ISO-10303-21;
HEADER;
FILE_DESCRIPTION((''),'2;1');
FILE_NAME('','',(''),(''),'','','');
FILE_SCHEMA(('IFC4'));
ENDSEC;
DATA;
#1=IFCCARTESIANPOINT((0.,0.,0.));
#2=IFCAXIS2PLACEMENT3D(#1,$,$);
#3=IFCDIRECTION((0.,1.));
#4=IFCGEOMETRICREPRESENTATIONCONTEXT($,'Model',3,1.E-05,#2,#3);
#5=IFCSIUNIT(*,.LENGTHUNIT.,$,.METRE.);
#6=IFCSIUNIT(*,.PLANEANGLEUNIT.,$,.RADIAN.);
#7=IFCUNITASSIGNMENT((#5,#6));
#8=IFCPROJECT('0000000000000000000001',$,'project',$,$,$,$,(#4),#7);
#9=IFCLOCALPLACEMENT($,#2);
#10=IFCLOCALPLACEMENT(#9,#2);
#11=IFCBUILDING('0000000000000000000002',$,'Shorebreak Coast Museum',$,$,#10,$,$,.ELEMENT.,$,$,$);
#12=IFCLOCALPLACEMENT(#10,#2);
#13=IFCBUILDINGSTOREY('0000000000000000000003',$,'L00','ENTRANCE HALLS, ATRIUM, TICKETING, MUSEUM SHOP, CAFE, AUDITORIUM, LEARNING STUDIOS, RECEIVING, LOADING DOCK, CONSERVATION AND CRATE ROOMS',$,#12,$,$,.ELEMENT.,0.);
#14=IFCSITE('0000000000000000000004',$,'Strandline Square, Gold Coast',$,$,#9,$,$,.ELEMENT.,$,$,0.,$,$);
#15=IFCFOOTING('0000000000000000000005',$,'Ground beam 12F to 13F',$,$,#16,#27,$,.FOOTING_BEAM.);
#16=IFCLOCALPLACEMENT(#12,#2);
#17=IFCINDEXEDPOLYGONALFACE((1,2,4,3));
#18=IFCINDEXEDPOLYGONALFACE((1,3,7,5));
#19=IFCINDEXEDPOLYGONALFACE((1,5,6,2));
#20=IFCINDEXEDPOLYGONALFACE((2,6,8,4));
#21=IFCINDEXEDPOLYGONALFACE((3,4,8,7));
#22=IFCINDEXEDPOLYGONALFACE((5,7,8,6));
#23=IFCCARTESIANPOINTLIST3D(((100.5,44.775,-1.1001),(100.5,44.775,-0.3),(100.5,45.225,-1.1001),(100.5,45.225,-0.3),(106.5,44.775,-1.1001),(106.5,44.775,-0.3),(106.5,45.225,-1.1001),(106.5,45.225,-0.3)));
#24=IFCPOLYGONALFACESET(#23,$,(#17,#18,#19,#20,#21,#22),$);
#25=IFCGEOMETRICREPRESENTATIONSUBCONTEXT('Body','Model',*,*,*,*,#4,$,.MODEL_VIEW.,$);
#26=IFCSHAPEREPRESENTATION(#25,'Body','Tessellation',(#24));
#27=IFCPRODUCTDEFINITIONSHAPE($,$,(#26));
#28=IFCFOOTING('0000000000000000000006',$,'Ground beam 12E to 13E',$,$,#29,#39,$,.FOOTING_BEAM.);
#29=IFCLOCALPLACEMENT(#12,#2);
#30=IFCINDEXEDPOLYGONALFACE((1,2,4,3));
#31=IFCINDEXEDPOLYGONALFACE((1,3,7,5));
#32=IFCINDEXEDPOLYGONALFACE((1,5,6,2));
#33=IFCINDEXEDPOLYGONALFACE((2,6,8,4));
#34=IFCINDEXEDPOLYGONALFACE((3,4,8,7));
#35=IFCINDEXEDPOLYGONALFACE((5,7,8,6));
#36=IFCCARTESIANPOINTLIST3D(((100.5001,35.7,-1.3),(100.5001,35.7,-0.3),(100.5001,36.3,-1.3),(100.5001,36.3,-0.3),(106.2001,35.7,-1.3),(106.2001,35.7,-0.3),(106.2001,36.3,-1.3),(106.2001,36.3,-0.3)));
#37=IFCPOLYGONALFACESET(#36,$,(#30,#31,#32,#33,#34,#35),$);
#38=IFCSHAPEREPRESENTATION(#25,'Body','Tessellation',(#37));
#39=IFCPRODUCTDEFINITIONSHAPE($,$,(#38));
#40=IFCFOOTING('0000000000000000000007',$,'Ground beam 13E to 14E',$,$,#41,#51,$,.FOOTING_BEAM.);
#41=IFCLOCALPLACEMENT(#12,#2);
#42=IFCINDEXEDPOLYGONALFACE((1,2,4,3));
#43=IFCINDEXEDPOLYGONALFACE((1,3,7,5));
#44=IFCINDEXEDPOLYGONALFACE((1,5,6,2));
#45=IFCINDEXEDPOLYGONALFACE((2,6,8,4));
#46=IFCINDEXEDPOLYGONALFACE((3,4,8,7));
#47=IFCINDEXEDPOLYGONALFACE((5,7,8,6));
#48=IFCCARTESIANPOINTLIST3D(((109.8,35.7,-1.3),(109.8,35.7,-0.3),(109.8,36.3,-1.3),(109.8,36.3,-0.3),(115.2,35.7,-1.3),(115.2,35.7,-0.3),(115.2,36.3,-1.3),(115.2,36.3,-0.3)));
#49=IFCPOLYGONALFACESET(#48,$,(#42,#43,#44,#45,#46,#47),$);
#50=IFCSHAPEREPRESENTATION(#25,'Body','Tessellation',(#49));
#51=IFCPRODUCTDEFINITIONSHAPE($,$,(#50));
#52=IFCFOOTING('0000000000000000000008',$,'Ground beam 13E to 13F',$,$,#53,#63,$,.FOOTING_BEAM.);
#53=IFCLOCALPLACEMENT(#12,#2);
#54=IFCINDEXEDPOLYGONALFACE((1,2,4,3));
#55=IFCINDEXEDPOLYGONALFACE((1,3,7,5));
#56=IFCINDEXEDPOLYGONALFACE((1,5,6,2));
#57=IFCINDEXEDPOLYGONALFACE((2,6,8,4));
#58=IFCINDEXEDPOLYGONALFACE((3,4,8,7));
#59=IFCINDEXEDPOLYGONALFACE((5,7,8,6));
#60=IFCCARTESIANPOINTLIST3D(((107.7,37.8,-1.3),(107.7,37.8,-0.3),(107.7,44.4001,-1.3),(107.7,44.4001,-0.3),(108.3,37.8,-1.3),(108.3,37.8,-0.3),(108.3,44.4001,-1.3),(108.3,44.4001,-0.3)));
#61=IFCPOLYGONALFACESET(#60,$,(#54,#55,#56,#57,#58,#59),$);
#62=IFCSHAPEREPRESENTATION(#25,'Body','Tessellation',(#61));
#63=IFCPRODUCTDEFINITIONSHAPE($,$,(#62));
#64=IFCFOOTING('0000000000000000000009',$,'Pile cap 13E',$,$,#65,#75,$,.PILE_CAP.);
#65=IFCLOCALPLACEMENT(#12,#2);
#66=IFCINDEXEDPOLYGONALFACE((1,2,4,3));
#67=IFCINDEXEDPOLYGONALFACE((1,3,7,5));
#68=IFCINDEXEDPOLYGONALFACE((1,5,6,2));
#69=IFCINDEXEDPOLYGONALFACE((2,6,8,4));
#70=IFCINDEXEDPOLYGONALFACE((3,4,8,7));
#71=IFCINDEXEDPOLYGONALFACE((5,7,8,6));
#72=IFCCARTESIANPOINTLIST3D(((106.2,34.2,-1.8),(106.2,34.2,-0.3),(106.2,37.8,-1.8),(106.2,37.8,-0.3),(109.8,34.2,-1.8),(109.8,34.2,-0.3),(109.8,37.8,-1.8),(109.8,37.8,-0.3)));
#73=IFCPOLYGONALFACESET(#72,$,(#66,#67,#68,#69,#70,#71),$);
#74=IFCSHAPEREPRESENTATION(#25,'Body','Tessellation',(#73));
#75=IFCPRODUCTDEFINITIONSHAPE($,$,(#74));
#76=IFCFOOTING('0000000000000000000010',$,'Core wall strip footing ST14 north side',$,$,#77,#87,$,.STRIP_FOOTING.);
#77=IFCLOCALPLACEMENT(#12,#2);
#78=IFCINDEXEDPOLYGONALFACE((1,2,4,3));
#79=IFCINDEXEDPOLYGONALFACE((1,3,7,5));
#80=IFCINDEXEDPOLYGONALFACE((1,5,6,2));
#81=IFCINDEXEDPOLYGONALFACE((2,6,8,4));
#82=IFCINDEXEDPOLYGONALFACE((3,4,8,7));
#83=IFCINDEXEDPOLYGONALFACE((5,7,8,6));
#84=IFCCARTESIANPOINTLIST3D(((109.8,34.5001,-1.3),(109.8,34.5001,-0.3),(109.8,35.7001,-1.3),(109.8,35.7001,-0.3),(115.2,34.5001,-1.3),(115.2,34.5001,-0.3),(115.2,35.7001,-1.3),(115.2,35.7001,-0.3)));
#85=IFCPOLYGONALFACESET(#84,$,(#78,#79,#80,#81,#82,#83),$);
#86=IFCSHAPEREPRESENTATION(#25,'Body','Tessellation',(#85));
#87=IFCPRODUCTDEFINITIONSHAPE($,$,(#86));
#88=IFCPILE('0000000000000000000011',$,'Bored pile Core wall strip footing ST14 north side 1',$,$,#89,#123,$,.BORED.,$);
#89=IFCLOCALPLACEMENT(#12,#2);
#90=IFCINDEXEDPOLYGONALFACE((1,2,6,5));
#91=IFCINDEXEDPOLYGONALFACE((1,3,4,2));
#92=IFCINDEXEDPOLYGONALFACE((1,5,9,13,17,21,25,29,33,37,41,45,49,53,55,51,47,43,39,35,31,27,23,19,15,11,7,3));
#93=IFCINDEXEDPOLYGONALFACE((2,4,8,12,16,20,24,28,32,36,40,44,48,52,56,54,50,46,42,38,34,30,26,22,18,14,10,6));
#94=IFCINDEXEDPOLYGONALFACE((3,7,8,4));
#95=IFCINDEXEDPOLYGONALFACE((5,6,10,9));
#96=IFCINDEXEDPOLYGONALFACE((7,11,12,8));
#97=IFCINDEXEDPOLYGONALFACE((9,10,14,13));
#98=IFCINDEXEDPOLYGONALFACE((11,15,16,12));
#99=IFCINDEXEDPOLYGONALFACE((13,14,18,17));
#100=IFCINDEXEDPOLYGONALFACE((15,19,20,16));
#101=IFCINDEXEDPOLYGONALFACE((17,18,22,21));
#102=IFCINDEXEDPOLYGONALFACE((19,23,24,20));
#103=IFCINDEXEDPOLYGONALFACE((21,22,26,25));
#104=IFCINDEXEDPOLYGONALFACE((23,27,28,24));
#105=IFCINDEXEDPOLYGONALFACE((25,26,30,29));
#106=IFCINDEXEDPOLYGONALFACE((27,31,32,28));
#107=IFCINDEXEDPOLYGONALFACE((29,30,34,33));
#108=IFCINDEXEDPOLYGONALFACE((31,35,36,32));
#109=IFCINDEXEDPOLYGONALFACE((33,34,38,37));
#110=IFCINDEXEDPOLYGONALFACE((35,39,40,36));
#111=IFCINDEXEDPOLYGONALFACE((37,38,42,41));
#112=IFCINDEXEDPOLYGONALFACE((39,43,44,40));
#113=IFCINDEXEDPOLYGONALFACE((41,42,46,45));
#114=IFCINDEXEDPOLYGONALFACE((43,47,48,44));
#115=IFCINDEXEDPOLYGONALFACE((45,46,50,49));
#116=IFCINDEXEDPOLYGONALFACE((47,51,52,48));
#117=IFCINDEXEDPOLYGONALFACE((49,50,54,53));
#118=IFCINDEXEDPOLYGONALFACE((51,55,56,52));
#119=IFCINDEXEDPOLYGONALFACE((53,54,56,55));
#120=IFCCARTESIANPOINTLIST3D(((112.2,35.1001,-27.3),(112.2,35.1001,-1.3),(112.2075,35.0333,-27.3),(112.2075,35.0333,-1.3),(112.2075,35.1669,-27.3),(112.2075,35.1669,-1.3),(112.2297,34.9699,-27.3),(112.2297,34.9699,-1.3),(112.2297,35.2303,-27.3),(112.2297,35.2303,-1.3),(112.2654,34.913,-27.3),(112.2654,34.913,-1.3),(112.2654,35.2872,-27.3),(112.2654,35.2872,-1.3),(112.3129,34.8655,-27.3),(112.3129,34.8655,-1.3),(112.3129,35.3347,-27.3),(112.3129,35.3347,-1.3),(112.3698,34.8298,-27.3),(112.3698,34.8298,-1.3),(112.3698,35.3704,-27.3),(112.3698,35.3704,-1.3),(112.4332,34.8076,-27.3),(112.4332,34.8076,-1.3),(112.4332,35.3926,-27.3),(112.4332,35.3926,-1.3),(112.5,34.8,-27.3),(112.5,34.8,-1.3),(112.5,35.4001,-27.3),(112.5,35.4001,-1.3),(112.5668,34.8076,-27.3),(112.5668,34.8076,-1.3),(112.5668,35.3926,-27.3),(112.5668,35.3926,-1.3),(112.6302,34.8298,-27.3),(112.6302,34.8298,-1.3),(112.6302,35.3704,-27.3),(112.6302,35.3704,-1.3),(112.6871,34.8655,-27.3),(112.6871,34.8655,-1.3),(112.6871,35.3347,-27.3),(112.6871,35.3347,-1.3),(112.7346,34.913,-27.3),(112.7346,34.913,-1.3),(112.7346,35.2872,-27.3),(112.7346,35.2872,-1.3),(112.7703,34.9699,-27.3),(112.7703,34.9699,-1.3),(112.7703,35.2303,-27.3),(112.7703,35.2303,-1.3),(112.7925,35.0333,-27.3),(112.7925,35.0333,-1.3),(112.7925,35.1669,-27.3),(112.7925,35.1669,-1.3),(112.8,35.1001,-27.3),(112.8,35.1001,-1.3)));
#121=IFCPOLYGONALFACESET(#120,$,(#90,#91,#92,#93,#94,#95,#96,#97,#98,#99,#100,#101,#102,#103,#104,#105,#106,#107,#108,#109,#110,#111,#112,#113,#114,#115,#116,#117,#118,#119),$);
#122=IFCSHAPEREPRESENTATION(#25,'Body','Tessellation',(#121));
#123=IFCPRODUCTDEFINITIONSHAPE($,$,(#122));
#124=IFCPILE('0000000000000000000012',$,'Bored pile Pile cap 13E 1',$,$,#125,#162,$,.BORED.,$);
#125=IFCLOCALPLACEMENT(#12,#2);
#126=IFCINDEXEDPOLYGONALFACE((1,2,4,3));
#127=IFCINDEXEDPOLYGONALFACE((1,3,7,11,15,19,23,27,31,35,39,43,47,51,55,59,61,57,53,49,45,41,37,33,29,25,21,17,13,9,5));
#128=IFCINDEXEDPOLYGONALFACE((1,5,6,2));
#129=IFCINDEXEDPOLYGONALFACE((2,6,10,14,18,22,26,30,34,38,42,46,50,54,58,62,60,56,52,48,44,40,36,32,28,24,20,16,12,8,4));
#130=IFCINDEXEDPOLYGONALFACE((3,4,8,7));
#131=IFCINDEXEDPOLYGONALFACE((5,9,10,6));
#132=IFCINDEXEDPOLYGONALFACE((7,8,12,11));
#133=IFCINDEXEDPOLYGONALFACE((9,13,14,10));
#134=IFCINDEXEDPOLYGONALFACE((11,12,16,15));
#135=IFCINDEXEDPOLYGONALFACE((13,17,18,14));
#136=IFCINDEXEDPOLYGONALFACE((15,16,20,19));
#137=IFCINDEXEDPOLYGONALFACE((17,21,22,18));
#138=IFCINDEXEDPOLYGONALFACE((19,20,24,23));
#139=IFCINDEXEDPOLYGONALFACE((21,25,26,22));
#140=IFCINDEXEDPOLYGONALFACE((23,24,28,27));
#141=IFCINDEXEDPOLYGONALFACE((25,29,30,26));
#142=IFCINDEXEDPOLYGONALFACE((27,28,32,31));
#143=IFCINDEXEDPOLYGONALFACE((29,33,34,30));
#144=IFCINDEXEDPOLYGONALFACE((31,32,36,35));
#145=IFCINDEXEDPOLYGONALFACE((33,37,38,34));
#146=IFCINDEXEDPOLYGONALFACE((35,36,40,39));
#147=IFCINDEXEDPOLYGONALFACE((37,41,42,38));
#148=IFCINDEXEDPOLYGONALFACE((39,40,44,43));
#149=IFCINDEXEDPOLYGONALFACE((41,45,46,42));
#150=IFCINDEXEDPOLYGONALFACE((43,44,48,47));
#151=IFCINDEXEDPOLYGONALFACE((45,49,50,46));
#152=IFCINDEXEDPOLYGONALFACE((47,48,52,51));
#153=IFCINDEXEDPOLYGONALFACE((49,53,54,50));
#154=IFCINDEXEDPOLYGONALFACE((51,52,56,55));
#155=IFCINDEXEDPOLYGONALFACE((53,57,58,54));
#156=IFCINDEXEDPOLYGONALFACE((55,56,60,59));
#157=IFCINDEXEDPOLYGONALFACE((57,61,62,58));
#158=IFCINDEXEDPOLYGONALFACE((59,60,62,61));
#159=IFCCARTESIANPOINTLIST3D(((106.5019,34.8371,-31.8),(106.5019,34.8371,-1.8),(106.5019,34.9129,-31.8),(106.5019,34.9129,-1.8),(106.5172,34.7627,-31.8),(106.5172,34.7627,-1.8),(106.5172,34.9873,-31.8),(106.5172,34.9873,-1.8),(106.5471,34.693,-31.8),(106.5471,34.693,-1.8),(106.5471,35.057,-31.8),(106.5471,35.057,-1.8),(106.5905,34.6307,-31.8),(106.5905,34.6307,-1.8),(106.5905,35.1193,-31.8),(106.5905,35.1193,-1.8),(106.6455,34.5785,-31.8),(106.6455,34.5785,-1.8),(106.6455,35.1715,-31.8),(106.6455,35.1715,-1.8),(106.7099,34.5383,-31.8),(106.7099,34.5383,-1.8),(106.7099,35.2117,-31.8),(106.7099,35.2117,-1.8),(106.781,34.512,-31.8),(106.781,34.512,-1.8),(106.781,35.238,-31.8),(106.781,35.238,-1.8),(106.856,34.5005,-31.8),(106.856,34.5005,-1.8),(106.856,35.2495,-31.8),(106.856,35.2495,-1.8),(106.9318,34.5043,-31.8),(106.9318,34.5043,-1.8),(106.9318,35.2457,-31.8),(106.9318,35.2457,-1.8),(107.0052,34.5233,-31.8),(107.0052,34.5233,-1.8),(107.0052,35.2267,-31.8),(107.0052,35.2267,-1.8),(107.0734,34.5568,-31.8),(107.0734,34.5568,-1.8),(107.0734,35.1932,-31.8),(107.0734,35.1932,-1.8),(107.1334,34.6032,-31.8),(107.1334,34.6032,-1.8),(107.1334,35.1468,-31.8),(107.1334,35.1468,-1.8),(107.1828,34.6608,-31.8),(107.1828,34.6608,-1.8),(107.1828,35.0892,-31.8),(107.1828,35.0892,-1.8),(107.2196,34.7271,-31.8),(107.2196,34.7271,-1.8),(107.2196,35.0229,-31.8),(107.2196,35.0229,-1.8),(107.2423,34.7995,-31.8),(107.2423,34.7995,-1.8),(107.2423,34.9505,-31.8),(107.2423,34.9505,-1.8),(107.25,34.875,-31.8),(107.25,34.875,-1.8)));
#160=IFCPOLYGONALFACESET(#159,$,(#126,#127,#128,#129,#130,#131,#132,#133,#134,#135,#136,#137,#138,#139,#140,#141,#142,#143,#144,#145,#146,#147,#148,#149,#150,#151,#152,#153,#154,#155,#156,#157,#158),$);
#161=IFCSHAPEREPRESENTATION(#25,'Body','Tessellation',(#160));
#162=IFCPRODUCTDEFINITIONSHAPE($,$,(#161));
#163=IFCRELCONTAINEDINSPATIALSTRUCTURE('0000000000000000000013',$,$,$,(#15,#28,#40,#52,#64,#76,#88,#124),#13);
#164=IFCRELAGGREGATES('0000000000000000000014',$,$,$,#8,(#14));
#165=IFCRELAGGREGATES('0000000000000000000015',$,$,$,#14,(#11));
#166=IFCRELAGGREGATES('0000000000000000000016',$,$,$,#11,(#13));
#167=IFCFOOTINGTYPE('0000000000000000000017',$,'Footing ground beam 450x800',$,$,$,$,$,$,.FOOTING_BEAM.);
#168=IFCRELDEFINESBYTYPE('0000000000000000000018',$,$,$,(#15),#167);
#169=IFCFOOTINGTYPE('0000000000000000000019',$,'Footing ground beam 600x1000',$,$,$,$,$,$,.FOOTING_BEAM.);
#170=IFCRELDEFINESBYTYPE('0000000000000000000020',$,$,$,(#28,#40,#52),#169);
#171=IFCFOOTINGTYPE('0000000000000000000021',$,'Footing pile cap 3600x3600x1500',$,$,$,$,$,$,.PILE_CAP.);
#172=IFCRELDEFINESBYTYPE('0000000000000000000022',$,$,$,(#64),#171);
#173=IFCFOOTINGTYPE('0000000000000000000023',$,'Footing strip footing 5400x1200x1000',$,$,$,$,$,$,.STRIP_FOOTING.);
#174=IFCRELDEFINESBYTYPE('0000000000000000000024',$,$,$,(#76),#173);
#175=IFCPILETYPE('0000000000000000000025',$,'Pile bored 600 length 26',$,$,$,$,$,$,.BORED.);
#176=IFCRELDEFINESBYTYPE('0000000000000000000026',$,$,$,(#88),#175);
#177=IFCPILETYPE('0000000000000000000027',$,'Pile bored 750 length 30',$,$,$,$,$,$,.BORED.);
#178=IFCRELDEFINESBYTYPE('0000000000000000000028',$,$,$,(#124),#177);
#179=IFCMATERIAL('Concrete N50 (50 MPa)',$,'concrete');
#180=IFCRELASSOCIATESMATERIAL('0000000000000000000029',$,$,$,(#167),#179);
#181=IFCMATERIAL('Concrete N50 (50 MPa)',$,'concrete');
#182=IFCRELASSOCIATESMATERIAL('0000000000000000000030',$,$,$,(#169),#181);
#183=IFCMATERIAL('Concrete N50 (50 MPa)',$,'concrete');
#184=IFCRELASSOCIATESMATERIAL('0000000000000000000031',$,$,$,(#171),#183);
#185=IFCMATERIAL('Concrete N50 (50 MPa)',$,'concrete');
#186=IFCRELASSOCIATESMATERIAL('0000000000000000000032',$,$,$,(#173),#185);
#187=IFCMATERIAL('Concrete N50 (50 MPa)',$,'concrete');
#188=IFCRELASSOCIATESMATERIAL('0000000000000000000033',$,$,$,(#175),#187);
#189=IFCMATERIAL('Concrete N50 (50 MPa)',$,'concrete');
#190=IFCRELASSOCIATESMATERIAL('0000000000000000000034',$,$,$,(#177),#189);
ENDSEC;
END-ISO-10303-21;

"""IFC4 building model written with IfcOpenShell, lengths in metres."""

from ifc_helpers import new_model, si_unit, direction, frame, origin, origin_2d, place, context, subcontext, project, spatial, rectangle, circle, extrude, material, material_profile, profile_set, type_object, element, save


model = new_model("IFC4")

# Units and contexts
model_context = context("Model", 3, precision=1e-05, world=origin(), true_north=direction((0.0, 1.0)))
body_context = subcontext(model_context, "Body", "Model", "MODEL_VIEW")
ifc_project = project(units=[si_unit("LENGTHUNIT", "METRE"), si_unit("PLANEANGLEUNIT", "RADIAN")], contexts=[model_context])

# Site, building, storey
site_placement = place(None, origin())
site = spatial("IfcSite", under=ifc_project, at=site_placement, Name="Strandline Square, Gold Coast", CompositionType="ELEMENT", RefElevation=0.0)
building_placement = place(site_placement, origin())
building = spatial("IfcBuilding", under=site, at=building_placement, Name="Shorebreak Coast Museum", CompositionType="ELEMENT")
storey_placement = place(building_placement, origin())
storey = spatial("IfcBuildingStorey", under=building, at=storey_placement, Name="L00", Description="ENTRANCE HALLS, ATRIUM, TICKETING, MUSEUM SHOP, CAFE, AUDITORIUM, LEARNING STUDIOS, RECEIVING, LOADING DOCK, CONSERVATION AND CRATE ROOMS", CompositionType="ELEMENT", Elevation=0.0)

# Footings
ifc_material_1 = material(Name="Concrete N50 (50 MPa)", Category="concrete")
footing_type_1 = type_object("IfcFootingType", Name="Footing ground beam 450x800", PredefinedType="FOOTING_BEAM", material=ifc_material_1)
footing_1_placement = place(storey_placement, frame((103.5, 45.0, -1.1001), z_axis=(0.0, 0.0, 1.0), x_axis=(1.0, 0.0, 0.0)))
element("IfcFooting", 1, at=footing_1_placement, inside=storey, type_object=footing_type_1, Name="Ground beam 12F to 13F", PredefinedType="FOOTING_BEAM", context=body_context, shape_type="SweptSolid", body=[
    extrude(rectangle(XDim=6.0, YDim=0.45, at=origin_2d()), origin(), (0.0, 0.0, 1.0), 0.8),
])
ifc_material_2 = material(Name="Concrete N50 (50 MPa)", Category="concrete")
footing_type_2 = type_object("IfcFootingType", Name="Footing ground beam 600x1000", PredefinedType="FOOTING_BEAM", material=ifc_material_2)
footing_2_placement = place(storey_placement, frame((103.3501, 36.0, -1.3), z_axis=(0.0, 0.0, 1.0), x_axis=(1.0, 0.0, 0.0)))
element("IfcFooting", 2, at=footing_2_placement, inside=storey, type_object=footing_type_2, Name="Ground beam 12E to 13E", PredefinedType="FOOTING_BEAM", context=body_context, shape_type="SweptSolid", body=[
    extrude(rectangle(XDim=5.7, YDim=0.6001, at=origin_2d()), origin(), (0.0, 0.0, 1.0), 1.0),
])
footing_3_placement = place(storey_placement, frame((112.5, 36.0, -1.3), z_axis=(0.0, 0.0, 1.0), x_axis=(1.0, 0.0, 0.0)))
element("IfcFooting", 3, at=footing_3_placement, inside=storey, type_object=footing_type_2, Name="Ground beam 13E to 14E", PredefinedType="FOOTING_BEAM", context=body_context, shape_type="SweptSolid", body=[
    extrude(rectangle(XDim=5.3999, YDim=0.6001, at=origin_2d()), origin(), (0.0, 0.0, 1.0), 1.0),
])
footing_4_placement = place(storey_placement, frame((108.0, 41.1001, -1.3), z_axis=(0.0, 0.0, 1.0), x_axis=(1.0, 0.0, 0.0)))
element("IfcFooting", 4, at=footing_4_placement, inside=storey, type_object=footing_type_2, Name="Ground beam 13E to 13F", PredefinedType="FOOTING_BEAM", context=body_context, shape_type="SweptSolid", body=[
    extrude(rectangle(XDim=0.6001, YDim=6.6001, at=origin_2d()), origin(), (0.0, 0.0, 1.0), 1.0),
])
ifc_material_3 = material(Name="Concrete N50 (50 MPa)", Category="concrete")
footing_type_3 = type_object("IfcFootingType", Name="Footing pile cap 3600x3600x1500", PredefinedType="PILE_CAP", material=ifc_material_3)
footing_5_placement = place(storey_placement, frame((108.0, 36.0, -1.8), z_axis=(0.0, 0.0, 1.0), x_axis=(1.0, 0.0, 0.0)))
element("IfcFooting", 5, at=footing_5_placement, inside=storey, type_object=footing_type_3, Name="Pile cap 13E", PredefinedType="PILE_CAP", context=body_context, shape_type="SweptSolid", body=[
    extrude(rectangle(XDim=3.6001, YDim=3.6001, at=origin_2d()), origin(), (0.0, 0.0, 1.0), 1.5),
])
ifc_material_4 = material(Name="Concrete N50 (50 MPa)", Category="concrete")
footing_type_4 = type_object("IfcFootingType", Name="Footing strip footing 5400x1200x1000", PredefinedType="STRIP_FOOTING", material=ifc_material_4)
footing_6_placement = place(storey_placement, frame((112.5, 35.1001, -1.3), z_axis=(0.0, 0.0, 1.0), x_axis=(1.0, 0.0, 0.0)))
element("IfcFooting", 6, at=footing_6_placement, inside=storey, type_object=footing_type_4, Name="Core wall strip footing ST14 north side", PredefinedType="STRIP_FOOTING", context=body_context, shape_type="SweptSolid", body=[
    extrude(rectangle(XDim=5.3999, YDim=1.2, at=origin_2d()), origin(), (0.0, 0.0, 1.0), 1.0),
])

# Piles
ifc_material_5 = material(Name="Concrete N50 (50 MPa)", Category="concrete")
ifc_material_profile_1 = material_profile(ifc_material_5, circle(Radius=0.3, at=origin_2d()), Name="Pile bored 600 length 26")
ifc_profile_set_1 = profile_set([ifc_material_profile_1], Name="Concrete N50 (50 MPa)")
pile_type_1 = type_object("IfcPileType", Name="Pile bored 600 length 26", PredefinedType="BORED", material=ifc_profile_set_1)
pile_placement = place(storey_placement, frame((112.5, 35.1001, -1.3), z_axis=(0.0, 0.0, -1.0), x_axis=(1.0, 0.0, 0.0)))
element("IfcPile", 7, at=pile_placement, inside=storey, type_object=pile_type_1, Name="Bored pile Core wall strip footing ST14 north side 1", PredefinedType="BORED", context=body_context, shape_type="SweptSolid", body=[
    extrude(circle(Radius=0.3, at=origin_2d()), origin(), (0.0, 0.0, 1.0), 26.0),
])
ifc_material_6 = material(Name="Concrete N50 (50 MPa)", Category="concrete")
ifc_material_profile_2 = material_profile(ifc_material_6, circle(Radius=0.375, at=origin_2d()), Name="Pile bored 750 length 30")
ifc_profile_set_2 = profile_set([ifc_material_profile_2], Name="Concrete N50 (50 MPa)")
pile_type_2 = type_object("IfcPileType", Name="Pile bored 750 length 30", PredefinedType="BORED", material=ifc_profile_set_2)
for number, where, z_axis, x_axis, name in (
    (8, (106.875, 34.875, -1.8), (0.0, 0.0, -1.0), (1.0, 0.0, 0.0), "Bored pile Pile cap 13E 1"),
):
    element("IfcPile", number, at=place(storey_placement, frame(where, z_axis=z_axis, x_axis=x_axis)), inside=storey, type_object=pile_type_2, Name=name, PredefinedType="BORED", context=body_context, shape_type="SweptSolid", body=[
        extrude(circle(Radius=0.375, at=origin_2d()), origin(), (0.0, 0.0, 1.0), 30.0),
    ])

save(model, "model.ifc")
